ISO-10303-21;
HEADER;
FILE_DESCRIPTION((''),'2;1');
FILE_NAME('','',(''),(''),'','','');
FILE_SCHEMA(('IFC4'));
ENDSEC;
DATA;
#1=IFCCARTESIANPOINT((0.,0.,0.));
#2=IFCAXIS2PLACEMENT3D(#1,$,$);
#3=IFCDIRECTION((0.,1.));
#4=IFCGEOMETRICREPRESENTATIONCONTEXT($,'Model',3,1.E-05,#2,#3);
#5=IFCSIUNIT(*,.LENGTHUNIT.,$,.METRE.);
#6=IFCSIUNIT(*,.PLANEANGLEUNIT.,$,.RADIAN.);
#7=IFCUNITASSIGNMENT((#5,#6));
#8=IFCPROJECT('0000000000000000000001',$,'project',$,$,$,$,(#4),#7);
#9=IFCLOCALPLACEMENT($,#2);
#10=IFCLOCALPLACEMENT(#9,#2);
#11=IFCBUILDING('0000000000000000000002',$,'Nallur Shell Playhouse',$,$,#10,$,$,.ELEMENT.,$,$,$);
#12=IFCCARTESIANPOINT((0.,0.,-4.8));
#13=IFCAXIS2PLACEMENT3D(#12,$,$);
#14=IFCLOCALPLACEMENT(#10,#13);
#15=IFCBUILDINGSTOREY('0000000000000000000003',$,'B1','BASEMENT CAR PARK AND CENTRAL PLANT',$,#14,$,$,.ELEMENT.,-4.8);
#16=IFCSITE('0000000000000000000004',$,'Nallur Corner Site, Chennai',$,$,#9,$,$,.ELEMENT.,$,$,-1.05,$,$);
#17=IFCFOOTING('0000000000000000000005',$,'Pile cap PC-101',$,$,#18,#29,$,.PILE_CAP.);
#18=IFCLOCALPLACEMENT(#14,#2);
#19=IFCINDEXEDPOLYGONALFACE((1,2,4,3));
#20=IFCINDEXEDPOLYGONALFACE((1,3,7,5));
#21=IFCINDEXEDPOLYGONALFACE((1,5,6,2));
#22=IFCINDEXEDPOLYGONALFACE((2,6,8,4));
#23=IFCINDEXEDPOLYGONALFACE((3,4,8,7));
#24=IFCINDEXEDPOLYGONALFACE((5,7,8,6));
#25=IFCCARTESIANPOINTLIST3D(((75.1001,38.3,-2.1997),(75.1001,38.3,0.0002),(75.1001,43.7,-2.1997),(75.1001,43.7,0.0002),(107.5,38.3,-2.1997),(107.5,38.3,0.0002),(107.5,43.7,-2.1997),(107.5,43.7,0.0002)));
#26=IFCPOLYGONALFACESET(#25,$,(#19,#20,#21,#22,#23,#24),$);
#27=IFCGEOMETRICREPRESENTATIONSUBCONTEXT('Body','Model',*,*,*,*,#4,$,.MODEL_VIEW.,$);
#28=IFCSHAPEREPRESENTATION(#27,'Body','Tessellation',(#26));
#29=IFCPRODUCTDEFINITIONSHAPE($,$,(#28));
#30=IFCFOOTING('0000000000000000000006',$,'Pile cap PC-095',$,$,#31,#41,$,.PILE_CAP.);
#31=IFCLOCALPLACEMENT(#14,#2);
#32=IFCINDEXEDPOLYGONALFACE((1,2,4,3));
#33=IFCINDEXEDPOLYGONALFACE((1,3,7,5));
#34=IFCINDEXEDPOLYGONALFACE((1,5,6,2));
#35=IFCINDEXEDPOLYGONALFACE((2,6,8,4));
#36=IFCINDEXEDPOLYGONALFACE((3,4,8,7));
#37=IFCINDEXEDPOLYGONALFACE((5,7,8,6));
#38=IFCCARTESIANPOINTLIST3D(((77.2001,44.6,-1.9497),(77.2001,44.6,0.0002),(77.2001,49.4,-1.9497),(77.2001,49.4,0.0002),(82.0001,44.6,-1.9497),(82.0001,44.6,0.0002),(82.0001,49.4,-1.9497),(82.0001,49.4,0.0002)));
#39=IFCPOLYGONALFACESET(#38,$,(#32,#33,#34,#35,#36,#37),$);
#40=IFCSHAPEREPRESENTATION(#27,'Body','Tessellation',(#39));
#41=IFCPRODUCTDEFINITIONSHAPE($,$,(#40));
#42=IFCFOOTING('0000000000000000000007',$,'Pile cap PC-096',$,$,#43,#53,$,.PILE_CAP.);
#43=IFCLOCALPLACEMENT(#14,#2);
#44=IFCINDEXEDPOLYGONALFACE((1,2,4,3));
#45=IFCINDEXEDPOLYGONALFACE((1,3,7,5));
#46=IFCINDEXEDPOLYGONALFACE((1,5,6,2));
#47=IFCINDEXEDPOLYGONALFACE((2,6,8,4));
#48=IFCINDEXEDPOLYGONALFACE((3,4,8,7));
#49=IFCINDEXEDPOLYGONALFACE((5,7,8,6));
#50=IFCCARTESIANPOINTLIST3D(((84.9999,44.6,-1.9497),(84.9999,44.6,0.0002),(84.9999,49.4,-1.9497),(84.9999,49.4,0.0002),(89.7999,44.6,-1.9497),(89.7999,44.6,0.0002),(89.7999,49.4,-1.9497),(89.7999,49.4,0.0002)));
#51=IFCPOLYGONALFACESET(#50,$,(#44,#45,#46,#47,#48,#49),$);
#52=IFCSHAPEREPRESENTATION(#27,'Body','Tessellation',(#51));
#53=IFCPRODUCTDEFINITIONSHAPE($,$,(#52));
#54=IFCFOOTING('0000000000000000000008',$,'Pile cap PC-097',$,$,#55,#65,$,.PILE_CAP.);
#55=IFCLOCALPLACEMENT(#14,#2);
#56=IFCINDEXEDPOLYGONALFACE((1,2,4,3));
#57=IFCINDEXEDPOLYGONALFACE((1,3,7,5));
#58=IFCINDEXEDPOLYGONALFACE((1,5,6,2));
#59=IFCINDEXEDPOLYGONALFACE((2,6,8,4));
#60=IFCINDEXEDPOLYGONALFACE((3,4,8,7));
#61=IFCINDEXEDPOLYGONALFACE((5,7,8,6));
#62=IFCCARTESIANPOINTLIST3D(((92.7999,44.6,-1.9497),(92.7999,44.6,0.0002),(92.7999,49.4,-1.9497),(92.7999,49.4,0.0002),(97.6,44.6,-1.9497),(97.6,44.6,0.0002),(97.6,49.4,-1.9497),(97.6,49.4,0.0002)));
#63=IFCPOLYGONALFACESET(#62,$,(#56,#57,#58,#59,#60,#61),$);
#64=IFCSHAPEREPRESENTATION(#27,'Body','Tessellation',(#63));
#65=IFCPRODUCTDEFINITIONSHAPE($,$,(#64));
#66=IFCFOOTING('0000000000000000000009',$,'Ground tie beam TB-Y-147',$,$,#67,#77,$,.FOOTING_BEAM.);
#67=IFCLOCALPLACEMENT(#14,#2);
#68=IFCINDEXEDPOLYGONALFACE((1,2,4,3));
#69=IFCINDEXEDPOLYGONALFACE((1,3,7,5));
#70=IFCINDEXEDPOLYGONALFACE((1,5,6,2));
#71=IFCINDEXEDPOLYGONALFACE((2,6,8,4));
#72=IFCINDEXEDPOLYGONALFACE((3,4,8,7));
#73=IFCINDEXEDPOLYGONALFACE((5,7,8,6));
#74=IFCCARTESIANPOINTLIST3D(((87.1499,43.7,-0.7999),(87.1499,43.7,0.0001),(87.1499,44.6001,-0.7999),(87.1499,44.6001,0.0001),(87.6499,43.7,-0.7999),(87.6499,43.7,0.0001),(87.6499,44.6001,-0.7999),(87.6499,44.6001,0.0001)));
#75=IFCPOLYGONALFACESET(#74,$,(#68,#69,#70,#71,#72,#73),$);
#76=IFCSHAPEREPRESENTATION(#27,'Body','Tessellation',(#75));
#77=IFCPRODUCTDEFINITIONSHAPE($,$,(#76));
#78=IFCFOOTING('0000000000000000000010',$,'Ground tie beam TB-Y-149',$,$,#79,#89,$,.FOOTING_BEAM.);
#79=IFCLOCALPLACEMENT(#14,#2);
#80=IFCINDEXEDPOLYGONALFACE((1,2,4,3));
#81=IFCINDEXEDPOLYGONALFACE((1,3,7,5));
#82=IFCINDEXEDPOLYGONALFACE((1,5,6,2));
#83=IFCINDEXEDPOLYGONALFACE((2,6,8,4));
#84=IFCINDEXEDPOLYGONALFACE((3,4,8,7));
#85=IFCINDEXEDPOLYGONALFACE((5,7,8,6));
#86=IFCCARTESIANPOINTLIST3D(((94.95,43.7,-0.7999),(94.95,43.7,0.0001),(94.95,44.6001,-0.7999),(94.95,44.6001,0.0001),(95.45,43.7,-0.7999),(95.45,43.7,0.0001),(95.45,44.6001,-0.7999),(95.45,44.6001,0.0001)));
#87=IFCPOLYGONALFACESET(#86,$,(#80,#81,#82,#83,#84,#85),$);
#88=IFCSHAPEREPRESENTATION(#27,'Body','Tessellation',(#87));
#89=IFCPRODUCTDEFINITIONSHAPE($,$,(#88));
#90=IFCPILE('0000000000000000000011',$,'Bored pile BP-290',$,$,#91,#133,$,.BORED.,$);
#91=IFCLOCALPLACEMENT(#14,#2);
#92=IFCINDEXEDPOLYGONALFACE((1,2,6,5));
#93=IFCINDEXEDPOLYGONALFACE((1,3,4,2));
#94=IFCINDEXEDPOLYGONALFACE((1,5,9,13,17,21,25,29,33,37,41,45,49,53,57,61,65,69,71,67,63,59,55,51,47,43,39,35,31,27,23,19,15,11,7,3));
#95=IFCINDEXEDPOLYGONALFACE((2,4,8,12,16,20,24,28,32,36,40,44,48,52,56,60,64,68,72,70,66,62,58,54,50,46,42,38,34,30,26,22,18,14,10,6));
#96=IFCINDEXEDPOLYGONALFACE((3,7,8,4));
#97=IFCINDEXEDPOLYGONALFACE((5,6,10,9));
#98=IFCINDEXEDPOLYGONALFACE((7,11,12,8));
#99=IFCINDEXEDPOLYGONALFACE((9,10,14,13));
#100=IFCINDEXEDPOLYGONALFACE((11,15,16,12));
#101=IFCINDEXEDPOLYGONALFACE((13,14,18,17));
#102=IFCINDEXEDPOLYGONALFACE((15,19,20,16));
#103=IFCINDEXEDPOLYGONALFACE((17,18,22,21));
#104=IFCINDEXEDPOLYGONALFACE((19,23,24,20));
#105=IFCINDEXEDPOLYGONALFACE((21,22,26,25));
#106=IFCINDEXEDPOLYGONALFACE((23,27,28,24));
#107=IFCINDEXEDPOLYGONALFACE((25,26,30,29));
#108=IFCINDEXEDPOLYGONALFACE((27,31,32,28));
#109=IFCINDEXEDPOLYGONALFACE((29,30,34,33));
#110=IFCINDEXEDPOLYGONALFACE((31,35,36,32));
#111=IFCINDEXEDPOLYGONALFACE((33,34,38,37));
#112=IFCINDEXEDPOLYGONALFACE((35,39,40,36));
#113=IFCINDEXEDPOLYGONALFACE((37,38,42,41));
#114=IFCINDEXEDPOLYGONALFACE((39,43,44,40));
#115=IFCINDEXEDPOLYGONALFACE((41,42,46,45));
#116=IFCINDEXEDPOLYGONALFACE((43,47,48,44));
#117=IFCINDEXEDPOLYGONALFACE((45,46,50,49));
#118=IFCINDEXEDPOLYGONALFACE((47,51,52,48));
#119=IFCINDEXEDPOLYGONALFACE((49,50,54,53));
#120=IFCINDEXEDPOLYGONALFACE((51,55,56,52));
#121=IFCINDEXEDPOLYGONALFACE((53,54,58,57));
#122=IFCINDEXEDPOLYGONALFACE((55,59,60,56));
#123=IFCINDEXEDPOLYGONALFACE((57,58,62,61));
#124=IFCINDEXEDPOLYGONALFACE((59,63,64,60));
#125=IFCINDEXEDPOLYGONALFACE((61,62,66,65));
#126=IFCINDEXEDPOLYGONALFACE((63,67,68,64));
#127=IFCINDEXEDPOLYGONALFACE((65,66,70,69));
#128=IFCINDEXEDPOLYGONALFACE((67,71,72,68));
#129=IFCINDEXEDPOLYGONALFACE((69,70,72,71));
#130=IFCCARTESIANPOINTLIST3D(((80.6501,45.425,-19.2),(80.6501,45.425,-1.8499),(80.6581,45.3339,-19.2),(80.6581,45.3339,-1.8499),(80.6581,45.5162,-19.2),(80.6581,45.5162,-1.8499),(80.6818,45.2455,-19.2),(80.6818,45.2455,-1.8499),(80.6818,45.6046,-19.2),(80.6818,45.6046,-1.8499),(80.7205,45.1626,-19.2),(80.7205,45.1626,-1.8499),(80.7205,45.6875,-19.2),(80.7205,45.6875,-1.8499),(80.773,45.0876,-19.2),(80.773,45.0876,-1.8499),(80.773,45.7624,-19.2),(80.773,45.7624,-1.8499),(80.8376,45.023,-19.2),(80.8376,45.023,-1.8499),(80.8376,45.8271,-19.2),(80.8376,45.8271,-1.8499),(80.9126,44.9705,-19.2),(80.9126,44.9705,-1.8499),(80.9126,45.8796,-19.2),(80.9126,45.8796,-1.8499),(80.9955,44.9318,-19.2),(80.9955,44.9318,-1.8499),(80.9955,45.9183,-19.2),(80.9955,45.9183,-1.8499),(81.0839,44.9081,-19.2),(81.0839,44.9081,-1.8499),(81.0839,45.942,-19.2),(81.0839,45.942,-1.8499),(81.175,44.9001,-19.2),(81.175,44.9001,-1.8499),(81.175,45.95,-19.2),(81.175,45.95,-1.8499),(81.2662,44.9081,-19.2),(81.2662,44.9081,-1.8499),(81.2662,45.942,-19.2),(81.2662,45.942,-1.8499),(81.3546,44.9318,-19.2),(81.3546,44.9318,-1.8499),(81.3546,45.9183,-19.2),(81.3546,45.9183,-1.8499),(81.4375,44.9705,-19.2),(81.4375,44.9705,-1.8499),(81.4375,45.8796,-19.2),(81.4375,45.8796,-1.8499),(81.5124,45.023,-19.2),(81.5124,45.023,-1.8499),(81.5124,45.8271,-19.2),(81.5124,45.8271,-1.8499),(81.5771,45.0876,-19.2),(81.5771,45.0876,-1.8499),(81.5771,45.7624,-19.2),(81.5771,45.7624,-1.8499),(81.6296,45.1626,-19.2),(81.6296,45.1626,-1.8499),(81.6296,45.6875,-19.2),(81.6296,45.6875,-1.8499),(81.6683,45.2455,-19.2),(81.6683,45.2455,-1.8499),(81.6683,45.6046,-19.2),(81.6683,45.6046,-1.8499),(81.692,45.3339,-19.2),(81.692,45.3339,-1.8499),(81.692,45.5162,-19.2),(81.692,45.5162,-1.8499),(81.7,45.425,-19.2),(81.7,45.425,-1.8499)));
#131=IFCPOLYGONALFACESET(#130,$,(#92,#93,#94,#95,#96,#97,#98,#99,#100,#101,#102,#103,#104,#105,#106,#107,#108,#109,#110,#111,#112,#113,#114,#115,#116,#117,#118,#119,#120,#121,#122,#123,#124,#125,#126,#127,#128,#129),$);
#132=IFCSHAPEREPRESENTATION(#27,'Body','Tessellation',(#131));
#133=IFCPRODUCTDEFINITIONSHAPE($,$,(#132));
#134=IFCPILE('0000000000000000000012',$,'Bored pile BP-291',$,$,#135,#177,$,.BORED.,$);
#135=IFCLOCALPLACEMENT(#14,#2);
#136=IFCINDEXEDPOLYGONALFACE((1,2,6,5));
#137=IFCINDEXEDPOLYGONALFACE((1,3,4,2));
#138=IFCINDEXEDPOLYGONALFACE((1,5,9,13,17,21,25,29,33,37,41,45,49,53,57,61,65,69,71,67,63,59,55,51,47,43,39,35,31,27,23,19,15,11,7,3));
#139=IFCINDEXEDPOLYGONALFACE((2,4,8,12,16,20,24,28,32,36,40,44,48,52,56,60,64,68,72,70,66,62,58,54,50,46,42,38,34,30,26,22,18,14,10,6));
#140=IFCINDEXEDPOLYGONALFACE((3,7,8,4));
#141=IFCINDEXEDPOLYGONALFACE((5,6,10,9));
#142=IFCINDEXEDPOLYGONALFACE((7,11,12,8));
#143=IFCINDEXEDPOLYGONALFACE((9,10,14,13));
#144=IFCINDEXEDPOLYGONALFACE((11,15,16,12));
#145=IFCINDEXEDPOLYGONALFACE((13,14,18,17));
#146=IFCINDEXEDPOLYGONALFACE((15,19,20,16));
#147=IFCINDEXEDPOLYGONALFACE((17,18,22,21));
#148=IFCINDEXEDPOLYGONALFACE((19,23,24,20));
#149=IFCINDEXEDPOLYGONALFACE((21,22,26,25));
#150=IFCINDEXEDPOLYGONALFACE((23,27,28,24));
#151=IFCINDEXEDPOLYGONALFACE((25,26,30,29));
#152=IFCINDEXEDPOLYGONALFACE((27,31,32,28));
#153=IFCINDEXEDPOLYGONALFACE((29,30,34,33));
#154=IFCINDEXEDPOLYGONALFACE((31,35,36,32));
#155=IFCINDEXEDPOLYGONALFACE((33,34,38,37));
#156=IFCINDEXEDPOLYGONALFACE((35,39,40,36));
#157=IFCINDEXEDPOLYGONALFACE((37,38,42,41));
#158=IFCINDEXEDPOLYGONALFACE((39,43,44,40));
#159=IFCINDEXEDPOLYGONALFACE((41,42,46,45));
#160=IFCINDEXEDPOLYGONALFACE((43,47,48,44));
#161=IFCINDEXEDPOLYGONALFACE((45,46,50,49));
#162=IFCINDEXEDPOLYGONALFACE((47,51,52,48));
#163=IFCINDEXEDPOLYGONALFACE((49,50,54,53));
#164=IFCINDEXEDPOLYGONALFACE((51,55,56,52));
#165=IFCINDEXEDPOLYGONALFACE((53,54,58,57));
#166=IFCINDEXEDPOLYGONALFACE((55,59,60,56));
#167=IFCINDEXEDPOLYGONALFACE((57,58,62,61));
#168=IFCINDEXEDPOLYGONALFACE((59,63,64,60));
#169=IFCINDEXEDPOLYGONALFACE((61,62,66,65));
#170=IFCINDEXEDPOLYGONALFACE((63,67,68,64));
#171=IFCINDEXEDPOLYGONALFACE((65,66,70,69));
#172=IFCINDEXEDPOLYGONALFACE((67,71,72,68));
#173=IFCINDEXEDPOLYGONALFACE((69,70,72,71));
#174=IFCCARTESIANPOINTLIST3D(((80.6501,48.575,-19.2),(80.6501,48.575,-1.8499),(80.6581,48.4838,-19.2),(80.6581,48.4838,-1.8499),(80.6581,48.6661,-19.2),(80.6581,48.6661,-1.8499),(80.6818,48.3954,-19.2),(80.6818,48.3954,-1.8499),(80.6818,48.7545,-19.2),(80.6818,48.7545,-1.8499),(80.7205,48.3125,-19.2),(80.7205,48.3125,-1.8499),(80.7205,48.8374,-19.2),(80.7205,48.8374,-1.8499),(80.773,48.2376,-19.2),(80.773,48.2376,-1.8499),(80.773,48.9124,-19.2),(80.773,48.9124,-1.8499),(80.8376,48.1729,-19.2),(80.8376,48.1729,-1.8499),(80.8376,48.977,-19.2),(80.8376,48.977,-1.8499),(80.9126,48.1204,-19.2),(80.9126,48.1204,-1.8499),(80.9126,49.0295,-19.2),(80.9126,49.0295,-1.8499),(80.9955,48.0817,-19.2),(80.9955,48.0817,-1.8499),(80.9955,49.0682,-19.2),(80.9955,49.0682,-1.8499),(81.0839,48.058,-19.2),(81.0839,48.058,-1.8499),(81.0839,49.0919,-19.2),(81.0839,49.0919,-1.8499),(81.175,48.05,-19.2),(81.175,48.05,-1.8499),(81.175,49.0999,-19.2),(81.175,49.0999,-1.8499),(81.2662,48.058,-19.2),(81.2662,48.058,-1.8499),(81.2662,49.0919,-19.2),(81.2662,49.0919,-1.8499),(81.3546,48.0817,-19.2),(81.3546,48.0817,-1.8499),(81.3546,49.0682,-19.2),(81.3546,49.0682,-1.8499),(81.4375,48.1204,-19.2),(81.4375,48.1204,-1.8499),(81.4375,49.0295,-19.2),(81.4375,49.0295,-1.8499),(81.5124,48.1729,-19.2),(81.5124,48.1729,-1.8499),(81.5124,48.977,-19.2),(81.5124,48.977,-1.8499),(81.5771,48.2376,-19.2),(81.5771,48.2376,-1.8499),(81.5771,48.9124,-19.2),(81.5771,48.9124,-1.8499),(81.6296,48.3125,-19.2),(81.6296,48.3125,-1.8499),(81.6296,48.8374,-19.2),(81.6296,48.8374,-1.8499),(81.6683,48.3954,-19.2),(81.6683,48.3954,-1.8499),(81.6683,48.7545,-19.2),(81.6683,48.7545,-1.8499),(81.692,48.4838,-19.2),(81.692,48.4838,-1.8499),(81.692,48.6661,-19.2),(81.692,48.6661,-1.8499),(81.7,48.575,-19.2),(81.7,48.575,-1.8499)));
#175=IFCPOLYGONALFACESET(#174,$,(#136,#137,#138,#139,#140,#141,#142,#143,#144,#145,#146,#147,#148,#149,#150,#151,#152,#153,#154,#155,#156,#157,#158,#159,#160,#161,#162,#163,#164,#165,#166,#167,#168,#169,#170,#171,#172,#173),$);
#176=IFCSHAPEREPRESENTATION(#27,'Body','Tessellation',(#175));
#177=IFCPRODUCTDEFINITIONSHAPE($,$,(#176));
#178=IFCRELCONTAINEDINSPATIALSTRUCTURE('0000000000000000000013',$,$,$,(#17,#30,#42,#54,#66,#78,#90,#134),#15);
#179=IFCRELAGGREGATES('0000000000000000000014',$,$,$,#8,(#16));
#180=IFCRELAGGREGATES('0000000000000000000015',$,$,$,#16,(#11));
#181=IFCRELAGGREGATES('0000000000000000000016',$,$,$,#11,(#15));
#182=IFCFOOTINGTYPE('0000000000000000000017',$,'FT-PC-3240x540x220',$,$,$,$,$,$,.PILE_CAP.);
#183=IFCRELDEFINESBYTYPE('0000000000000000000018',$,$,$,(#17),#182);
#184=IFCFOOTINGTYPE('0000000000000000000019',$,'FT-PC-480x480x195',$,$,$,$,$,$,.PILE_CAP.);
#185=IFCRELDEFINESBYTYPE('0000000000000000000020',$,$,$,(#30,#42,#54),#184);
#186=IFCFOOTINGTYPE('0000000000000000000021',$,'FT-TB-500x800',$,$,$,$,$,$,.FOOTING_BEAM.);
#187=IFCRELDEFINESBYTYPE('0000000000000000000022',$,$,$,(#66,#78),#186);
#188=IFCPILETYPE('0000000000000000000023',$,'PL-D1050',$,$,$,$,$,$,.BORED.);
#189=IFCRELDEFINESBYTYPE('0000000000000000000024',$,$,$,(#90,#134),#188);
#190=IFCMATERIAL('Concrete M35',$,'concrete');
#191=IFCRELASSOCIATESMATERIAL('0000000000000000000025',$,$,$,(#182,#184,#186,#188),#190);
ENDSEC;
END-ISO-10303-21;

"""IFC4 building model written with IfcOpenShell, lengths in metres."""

from ifc_helpers import new_model, si_unit, direction, frame, origin, origin_2d, place, context, subcontext, project, spatial, rectangle, circle, extrude, material, material_profile, profile_set, type_object, element, save


model = new_model("IFC4")

# Units and contexts
model_context = context("Model", 3, precision=1e-05, world=origin(), true_north=direction((0.0, 1.0)))
body_context = subcontext(model_context, "Body", "Model", "MODEL_VIEW")
ifc_project = project(units=[si_unit("LENGTHUNIT", "METRE"), si_unit("PLANEANGLEUNIT", "RADIAN")], contexts=[model_context])

# Site, building, storey
site_placement = place(None, origin())
site = spatial("IfcSite", under=ifc_project, at=site_placement, Name="Nallur Corner Site, Chennai", CompositionType="ELEMENT", RefElevation=-1.05)
building_placement = place(site_placement, origin())
building = spatial("IfcBuilding", under=site, at=building_placement, Name="Nallur Shell Playhouse", CompositionType="ELEMENT")
storey_placement = place(building_placement, frame((0.0, 0.0, -4.8)))
storey = spatial("IfcBuildingStorey", under=building, at=storey_placement, Name="B1", Description="BASEMENT CAR PARK AND CENTRAL PLANT", CompositionType="ELEMENT", Elevation=-4.8)

# Footings
ifc_material_1 = material(Name="Concrete M35", Category="concrete")
footing_type_1 = type_object("IfcFootingType", Name="FT-PC-3240x540x220", PredefinedType="PILE_CAP", material=ifc_material_1)
footing_placement = place(storey_placement, frame((91.3, 41.0, -2.1997), z_axis=(0.0, 0.0, 1.0), x_axis=(1.0, 0.0, 0.0)))
element("IfcFooting", 1, at=footing_placement, inside=storey, type_object=footing_type_1, Name="Pile cap PC-101", PredefinedType="PILE_CAP", context=body_context, shape_type="SweptSolid", body=[
    extrude(rectangle(XDim=32.3999, YDim=5.3999, at=origin_2d()), origin(), (0.0, 0.0, 1.0), 2.2),
])
footing_type_2 = type_object("IfcFootingType", Name="FT-PC-480x480x195", PredefinedType="PILE_CAP", material=ifc_material_1)
for number, where, z_axis, x_axis, name in (
    (2, (79.6001, 47.0, -1.9497), (0.0, 0.0, 1.0), (1.0, 0.0, 0.0), "Pile cap PC-095"),
    (3, (87.3999, 47.0, -1.9497), (0.0, 0.0, 1.0), (1.0, 0.0, 0.0), "Pile cap PC-096"),
    (4, (95.2, 47.0, -1.9497), (0.0, 0.0, 1.0), (1.0, 0.0, 0.0), "Pile cap PC-097"),
):
    element("IfcFooting", number, at=place(storey_placement, frame(where, z_axis=z_axis, x_axis=x_axis)), inside=storey, type_object=footing_type_2, Name=name, PredefinedType="PILE_CAP", context=body_context, shape_type="SweptSolid", body=[
        extrude(rectangle(XDim=4.8, YDim=4.8, at=origin_2d()), origin(), (0.0, 0.0, 1.0), 1.95),
    ])
ifc_material_profile_1 = material_profile(ifc_material_1, rectangle(XDim=0.5, YDim=0.8, at=origin_2d()), Name="RC 500x800")
ifc_profile_set_1 = profile_set([ifc_material_profile_1], Name="Concrete M35")
footing_type_3 = type_object("IfcFootingType", Name="FT-TB-500x800", PredefinedType="FOOTING_BEAM", material=ifc_profile_set_1)
for number, where, z_axis, x_axis, name in (
    (5, (87.3999, 43.7, -0.3999), (0.0, 1.0, 0.0), (-1.0, 0.0, 0.0), "Ground tie beam TB-Y-147"),
    (6, (95.2, 43.7, -0.3999), (0.0, 1.0, 0.0), (-1.0, 0.0, 0.0), "Ground tie beam TB-Y-149"),
):
    element("IfcFooting", number, at=place(storey_placement, frame(where, z_axis=z_axis, x_axis=x_axis)), inside=storey, type_object=footing_type_3, Name=name, PredefinedType="FOOTING_BEAM", context=body_context, shape_type="SweptSolid", body=[
        extrude(rectangle(XDim=0.5, YDim=0.8, at=origin_2d()), origin(), (0.0, 0.0, 1.0), 0.9001),
    ])

# Piles
ifc_material_profile_2 = material_profile(ifc_material_1, circle(Radius=0.5249, at=origin_2d()), Name="BORED PILE D1050")
ifc_profile_set_2 = profile_set([ifc_material_profile_2], Name="Concrete M35")
pile_type_1 = type_object("IfcPileType", Name="PL-D1050", PredefinedType="BORED", material=ifc_profile_set_2)
for number, where, z_axis, x_axis, name in (
    (7, (81.175, 45.425, -1.8499), (0.0, 0.0, -1.0), (1.0, 0.0, 0.0), "Bored pile BP-290"),
    (8, (81.175, 48.575, -1.8499), (0.0, 0.0, -1.0), (1.0, 0.0, 0.0), "Bored pile BP-291"),
):
    element("IfcPile", number, at=place(storey_placement, frame(where, z_axis=z_axis, x_axis=x_axis)), inside=storey, type_object=pile_type_1, Name=name, PredefinedType="BORED", context=body_context, shape_type="SweptSolid", body=[
        extrude(circle(Radius=0.5249, at=origin_2d()), origin(), (0.0, 0.0, 1.0), 17.3501),
    ])

save(model, "model.ifc")
